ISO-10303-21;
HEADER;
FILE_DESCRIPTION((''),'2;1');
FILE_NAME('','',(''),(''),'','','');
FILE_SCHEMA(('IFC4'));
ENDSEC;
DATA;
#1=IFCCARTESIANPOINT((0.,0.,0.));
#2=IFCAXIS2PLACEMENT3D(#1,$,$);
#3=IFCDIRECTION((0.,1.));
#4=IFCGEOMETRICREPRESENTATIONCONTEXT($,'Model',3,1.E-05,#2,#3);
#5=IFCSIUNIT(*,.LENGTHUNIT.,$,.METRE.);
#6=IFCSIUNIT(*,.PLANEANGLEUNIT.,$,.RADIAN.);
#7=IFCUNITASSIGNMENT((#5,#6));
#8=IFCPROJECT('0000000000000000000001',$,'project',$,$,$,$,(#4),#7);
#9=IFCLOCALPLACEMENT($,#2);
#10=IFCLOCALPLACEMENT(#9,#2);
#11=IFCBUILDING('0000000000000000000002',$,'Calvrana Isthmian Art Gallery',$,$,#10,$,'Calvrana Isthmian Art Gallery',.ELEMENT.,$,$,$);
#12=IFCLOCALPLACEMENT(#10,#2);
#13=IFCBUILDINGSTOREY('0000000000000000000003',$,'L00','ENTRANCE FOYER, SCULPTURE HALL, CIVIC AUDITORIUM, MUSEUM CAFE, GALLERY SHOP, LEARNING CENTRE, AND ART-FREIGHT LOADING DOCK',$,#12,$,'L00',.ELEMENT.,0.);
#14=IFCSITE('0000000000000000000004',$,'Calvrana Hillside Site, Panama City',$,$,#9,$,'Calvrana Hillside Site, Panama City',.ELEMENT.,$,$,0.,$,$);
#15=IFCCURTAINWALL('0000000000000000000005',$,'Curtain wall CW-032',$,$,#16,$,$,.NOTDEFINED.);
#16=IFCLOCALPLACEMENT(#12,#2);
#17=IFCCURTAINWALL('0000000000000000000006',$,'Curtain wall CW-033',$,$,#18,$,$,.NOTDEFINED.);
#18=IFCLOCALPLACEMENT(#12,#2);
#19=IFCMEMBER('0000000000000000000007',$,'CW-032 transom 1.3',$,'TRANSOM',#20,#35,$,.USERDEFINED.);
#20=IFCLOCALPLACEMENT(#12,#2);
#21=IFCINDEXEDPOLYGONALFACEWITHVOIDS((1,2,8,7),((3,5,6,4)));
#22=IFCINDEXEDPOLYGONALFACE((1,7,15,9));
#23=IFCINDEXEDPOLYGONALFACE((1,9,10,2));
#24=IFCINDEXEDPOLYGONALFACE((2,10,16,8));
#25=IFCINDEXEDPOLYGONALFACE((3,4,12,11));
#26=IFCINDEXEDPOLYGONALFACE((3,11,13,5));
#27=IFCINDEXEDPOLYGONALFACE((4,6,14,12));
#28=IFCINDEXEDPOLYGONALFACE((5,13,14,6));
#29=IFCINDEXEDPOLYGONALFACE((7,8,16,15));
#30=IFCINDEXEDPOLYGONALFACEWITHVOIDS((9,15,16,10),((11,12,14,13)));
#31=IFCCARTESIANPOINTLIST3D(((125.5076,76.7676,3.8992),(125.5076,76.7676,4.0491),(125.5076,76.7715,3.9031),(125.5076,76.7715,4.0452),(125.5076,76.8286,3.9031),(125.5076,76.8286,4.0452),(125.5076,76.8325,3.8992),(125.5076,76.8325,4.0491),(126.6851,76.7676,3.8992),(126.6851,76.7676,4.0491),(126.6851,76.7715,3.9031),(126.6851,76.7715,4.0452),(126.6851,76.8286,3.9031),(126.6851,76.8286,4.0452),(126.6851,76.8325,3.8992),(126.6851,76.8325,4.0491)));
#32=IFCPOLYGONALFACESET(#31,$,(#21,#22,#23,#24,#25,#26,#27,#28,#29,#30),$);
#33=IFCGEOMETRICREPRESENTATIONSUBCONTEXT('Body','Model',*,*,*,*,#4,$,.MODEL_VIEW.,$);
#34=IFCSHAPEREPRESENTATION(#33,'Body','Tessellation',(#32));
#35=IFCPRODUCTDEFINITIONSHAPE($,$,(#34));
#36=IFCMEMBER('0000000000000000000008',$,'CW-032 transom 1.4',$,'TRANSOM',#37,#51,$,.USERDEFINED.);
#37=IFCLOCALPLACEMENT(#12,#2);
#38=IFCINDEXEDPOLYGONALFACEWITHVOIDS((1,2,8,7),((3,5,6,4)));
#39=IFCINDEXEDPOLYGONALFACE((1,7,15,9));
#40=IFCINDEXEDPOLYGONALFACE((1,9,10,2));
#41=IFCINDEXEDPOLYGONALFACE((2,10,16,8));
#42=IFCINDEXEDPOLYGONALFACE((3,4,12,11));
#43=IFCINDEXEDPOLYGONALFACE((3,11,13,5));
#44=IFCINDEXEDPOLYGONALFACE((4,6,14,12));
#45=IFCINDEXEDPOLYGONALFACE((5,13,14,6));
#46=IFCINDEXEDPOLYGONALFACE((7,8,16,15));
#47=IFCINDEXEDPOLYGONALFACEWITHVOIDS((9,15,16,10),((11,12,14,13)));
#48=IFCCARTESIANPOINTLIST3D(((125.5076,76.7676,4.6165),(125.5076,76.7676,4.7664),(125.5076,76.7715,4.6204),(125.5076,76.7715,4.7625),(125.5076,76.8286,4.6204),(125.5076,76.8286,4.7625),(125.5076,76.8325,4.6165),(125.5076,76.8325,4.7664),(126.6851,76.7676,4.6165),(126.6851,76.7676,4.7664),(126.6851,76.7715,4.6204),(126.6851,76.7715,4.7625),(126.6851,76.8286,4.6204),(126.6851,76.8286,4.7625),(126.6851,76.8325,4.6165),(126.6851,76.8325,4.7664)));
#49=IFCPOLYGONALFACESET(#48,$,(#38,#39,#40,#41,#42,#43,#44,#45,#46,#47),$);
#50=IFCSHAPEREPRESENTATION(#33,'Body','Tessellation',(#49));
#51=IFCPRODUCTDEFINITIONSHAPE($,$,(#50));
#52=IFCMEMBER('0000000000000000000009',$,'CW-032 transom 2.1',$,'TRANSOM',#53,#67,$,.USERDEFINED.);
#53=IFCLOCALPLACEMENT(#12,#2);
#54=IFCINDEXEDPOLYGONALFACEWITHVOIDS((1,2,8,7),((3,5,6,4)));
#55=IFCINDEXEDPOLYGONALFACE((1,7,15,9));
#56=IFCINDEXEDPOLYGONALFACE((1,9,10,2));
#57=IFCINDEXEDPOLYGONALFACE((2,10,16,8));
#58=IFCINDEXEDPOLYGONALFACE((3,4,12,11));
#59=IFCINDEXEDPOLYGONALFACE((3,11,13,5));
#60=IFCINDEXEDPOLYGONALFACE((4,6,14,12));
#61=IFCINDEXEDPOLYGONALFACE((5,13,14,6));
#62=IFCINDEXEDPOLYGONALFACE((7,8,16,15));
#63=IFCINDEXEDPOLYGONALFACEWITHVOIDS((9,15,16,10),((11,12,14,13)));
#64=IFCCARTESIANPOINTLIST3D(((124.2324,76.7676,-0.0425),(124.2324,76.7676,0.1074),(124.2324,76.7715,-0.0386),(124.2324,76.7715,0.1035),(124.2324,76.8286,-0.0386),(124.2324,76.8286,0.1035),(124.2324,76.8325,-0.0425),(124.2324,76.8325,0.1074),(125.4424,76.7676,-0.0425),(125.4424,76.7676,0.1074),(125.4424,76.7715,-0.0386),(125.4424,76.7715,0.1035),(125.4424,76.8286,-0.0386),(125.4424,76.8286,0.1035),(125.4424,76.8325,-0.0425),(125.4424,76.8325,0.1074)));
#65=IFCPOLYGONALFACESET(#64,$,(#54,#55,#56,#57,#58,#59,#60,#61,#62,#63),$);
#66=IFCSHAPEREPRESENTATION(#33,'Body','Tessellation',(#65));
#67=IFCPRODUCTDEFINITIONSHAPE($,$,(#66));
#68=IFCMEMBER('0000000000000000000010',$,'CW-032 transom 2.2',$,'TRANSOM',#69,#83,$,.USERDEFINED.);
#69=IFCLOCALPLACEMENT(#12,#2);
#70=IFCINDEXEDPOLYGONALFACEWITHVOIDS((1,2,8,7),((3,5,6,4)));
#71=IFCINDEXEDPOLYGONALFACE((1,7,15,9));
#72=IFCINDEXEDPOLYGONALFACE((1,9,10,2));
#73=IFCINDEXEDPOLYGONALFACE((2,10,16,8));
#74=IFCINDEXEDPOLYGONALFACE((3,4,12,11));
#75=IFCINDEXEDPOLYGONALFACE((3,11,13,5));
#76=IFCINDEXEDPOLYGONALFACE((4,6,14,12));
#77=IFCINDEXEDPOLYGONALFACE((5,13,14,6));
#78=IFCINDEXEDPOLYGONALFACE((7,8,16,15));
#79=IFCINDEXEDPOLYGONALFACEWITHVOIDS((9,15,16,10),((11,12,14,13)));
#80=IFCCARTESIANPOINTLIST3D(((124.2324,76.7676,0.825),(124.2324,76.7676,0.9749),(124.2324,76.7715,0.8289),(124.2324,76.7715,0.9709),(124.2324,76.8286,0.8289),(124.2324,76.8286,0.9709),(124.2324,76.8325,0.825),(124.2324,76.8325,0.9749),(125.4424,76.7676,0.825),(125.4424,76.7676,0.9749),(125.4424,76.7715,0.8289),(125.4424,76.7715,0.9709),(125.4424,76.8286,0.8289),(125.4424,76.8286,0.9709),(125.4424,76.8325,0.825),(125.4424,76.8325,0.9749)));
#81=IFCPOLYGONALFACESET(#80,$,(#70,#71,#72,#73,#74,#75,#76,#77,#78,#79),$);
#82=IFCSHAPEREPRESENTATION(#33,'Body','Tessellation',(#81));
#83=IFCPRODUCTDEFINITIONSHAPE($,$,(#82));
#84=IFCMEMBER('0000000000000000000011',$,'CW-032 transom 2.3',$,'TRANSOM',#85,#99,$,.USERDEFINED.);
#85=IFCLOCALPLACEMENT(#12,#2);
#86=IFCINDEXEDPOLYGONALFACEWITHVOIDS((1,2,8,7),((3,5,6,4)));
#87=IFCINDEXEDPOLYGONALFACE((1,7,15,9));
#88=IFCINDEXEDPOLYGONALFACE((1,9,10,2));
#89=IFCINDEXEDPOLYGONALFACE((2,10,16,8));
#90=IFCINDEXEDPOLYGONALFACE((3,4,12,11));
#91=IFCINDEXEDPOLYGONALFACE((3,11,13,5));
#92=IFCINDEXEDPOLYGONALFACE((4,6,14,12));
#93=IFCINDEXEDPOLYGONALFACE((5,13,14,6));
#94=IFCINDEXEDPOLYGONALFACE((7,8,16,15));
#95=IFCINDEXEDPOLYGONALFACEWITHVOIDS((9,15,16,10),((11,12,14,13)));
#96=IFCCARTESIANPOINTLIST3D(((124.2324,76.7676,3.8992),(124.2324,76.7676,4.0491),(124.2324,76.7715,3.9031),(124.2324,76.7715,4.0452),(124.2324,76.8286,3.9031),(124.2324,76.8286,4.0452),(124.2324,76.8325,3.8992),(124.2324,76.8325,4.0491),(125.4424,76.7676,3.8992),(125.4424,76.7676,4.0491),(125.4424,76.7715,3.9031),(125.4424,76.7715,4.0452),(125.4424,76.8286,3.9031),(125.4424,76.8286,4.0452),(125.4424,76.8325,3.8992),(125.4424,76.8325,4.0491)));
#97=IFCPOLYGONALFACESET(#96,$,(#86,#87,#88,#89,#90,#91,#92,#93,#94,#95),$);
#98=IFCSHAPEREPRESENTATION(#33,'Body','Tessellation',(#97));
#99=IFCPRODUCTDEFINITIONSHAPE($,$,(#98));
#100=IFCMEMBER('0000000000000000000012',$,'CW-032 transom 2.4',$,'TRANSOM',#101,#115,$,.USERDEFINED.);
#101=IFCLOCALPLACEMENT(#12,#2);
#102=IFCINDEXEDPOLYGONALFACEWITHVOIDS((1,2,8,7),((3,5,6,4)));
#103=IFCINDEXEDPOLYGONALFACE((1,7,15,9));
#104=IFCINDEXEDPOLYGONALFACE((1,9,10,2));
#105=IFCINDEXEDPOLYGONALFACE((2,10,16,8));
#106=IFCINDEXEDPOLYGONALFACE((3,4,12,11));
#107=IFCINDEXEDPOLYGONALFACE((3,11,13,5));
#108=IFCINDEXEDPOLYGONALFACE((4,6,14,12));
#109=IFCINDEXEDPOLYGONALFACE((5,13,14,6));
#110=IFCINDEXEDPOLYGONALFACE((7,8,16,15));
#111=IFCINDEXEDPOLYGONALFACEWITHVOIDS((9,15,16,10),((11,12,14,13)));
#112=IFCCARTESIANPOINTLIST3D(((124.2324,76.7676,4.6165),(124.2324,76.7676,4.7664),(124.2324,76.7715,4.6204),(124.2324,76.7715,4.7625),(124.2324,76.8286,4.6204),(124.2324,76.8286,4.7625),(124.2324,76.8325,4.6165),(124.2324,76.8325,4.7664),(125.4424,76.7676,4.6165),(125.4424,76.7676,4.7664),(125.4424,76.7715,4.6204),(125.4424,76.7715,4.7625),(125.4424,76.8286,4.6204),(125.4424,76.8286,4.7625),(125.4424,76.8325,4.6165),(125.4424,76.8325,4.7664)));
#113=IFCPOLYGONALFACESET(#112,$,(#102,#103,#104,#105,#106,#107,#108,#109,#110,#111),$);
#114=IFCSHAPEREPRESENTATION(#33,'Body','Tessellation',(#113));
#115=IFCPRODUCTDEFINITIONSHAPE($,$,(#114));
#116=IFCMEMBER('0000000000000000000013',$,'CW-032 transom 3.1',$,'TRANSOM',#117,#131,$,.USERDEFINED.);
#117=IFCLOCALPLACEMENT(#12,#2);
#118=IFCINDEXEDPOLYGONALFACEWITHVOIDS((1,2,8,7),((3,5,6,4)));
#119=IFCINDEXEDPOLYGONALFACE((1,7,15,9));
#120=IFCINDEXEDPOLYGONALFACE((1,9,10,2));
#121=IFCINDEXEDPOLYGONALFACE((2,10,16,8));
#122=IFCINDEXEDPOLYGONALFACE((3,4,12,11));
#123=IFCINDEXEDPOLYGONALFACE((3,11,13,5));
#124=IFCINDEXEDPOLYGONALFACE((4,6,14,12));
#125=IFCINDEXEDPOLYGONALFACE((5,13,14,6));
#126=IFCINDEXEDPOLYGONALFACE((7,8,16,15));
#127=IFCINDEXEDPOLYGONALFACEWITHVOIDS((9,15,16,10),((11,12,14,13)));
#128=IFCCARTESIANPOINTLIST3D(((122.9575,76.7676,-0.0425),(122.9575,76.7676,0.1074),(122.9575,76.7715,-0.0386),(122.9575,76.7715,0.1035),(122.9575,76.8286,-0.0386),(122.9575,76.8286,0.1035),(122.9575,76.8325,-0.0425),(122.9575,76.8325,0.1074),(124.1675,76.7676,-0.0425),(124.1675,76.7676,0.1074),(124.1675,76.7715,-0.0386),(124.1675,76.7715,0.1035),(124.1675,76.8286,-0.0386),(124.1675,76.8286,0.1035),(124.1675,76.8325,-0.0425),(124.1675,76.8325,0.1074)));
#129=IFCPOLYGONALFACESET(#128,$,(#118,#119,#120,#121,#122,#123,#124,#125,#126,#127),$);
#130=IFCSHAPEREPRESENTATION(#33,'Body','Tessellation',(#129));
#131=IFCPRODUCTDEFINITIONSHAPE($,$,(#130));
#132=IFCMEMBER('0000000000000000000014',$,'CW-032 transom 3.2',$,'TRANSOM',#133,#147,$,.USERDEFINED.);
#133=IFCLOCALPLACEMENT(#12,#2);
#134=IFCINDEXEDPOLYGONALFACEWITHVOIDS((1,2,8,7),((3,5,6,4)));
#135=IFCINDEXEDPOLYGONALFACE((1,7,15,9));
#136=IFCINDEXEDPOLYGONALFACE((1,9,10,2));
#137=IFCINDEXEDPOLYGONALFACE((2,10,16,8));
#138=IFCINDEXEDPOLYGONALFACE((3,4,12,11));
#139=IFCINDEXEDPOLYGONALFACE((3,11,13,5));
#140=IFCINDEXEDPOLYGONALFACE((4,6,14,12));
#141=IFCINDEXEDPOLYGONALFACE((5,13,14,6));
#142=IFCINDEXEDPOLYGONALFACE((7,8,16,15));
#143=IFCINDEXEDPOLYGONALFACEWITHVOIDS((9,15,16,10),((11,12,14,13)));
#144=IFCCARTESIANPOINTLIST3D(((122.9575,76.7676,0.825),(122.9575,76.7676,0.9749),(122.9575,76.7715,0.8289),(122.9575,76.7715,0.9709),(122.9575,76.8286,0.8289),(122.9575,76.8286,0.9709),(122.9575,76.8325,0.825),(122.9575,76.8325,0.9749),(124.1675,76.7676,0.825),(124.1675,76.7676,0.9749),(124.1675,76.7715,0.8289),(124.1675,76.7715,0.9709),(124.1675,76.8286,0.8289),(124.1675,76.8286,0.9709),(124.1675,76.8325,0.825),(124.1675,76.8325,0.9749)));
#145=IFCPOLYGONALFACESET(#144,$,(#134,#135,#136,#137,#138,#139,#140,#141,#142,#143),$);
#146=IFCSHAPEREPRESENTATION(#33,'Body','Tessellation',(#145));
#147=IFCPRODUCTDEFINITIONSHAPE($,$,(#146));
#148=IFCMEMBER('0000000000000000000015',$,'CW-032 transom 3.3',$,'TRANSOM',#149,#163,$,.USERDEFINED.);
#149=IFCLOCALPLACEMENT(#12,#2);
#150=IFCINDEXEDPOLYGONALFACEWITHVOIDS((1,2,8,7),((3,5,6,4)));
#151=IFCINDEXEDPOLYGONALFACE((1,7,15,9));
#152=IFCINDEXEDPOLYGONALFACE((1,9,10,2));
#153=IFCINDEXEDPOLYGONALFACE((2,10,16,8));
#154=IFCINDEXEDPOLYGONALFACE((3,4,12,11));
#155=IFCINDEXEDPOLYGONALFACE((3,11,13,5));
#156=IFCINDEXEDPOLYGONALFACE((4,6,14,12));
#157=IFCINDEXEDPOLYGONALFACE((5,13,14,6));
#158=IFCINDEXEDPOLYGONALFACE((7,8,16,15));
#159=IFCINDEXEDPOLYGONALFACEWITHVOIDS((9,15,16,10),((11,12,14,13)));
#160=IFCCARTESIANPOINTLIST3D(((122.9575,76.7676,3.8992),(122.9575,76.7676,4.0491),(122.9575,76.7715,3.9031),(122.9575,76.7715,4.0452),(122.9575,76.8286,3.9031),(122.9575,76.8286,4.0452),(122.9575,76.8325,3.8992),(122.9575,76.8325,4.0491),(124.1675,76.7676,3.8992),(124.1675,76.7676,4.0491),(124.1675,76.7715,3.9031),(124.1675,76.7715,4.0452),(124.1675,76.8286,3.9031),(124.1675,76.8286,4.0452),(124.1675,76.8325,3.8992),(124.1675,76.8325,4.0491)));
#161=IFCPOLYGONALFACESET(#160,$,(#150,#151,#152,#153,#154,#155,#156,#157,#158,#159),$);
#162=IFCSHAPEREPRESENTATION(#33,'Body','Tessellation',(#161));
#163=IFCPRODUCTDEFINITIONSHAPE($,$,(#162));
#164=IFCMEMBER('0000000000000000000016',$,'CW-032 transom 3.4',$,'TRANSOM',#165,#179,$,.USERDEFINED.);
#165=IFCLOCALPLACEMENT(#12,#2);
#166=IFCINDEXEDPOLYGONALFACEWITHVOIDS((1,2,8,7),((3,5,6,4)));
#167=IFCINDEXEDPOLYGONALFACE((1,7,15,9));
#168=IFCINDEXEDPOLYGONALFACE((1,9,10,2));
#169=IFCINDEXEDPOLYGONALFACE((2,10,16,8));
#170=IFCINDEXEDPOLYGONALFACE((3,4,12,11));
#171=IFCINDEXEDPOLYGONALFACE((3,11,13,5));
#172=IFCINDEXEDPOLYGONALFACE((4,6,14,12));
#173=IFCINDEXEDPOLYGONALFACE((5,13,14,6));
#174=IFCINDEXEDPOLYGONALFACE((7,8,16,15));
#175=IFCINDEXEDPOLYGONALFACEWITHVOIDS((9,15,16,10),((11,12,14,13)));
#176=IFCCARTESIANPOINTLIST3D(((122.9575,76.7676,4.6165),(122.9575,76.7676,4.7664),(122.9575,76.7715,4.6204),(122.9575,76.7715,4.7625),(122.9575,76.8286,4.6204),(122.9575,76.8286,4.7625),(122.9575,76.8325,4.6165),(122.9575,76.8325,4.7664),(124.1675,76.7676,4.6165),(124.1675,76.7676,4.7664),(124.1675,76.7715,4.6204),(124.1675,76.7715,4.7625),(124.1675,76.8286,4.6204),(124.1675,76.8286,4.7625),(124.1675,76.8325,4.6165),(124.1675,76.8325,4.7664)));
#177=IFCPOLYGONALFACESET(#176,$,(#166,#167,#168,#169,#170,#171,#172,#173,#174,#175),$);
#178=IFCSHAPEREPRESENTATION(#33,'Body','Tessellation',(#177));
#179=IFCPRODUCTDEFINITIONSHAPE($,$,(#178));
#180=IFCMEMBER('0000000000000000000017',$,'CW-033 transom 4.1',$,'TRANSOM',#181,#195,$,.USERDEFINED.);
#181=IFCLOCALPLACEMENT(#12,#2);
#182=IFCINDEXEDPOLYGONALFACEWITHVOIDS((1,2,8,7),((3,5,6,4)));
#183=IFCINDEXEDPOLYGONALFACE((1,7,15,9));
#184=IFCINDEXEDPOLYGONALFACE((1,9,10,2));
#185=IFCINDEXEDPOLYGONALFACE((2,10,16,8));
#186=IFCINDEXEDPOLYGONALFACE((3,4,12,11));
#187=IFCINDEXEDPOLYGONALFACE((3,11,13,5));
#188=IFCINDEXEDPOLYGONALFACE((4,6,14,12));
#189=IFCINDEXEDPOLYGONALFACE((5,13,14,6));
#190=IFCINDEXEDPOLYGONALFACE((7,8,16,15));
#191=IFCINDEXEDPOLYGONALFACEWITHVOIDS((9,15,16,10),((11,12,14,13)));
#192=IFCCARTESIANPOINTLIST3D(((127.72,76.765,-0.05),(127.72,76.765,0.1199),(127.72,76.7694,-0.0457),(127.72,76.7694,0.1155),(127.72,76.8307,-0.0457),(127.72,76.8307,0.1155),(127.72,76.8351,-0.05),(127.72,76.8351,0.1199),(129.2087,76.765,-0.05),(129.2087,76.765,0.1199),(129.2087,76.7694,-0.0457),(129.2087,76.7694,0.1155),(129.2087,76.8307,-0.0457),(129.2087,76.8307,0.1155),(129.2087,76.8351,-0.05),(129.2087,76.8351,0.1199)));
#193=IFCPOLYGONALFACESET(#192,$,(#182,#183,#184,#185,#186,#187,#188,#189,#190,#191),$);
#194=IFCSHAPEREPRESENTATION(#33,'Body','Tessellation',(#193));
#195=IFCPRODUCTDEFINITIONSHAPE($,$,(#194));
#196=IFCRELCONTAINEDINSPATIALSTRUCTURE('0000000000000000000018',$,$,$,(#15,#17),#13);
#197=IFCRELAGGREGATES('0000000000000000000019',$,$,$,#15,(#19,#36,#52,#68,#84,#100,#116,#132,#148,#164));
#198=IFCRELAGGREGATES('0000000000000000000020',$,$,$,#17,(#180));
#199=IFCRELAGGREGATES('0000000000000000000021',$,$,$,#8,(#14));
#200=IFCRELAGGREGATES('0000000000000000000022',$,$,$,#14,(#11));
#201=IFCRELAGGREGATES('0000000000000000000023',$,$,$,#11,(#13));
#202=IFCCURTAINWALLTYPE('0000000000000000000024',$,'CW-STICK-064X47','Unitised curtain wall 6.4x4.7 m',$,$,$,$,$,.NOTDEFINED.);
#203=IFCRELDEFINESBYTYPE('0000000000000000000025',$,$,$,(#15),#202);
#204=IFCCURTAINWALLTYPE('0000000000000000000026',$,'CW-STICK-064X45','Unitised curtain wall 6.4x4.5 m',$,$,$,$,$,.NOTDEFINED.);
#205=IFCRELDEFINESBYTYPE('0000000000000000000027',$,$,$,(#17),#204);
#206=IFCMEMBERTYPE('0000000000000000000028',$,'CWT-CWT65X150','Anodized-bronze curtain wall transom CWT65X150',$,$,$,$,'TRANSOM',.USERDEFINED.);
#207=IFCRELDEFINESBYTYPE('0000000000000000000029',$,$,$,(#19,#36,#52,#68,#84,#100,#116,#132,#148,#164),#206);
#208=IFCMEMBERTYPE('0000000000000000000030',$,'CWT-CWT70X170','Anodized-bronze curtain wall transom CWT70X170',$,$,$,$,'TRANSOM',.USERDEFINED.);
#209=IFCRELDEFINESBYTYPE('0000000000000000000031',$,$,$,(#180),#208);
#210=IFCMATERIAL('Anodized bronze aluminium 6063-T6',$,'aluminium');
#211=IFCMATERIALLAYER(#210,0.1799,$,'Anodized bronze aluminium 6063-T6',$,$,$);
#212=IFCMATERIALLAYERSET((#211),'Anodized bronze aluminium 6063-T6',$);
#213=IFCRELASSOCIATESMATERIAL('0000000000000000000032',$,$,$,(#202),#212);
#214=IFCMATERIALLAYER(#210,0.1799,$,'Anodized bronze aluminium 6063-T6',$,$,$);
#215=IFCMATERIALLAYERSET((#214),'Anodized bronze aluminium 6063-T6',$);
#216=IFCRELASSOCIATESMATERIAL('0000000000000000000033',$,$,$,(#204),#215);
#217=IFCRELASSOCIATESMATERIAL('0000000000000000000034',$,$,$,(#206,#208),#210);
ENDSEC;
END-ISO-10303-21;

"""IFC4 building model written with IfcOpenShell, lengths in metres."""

from ifc_helpers import new_model, si_unit, direction, frame, origin, origin_2d, place, context, subcontext, project, spatial, hollow_rectangle, extrude, material, layer, layer_set, material_profile, profile_set, type_object, element, aggregate, save


model = new_model("IFC4")

# Units and contexts
model_context = context("Model", 3, precision=1e-05, world=origin(), true_north=direction((0.0, 1.0)))
body_context = subcontext(model_context, "Body", "Model", "MODEL_VIEW")
ifc_project = project(units=[si_unit("LENGTHUNIT", "METRE"), si_unit("PLANEANGLEUNIT", "RADIAN")], contexts=[model_context])

# Site, building, storey
site_placement = place(None, origin())
site = spatial("IfcSite", under=ifc_project, at=site_placement, Name="Calvrana Hillside Site, Panama City", LongName="Calvrana Hillside Site, Panama City", CompositionType="ELEMENT", RefElevation=0.0)
building_placement = place(site_placement, origin())
building = spatial("IfcBuilding", under=site, at=building_placement, Name="Calvrana Isthmian Art Gallery", LongName="Calvrana Isthmian Art Gallery", CompositionType="ELEMENT")
storey_placement = place(building_placement, origin())
storey = spatial("IfcBuildingStorey", under=building, at=storey_placement, Name="L00", Description="ENTRANCE FOYER, SCULPTURE HALL, CIVIC AUDITORIUM, MUSEUM CAFE, GALLERY SHOP, LEARNING CENTRE, AND ART-FREIGHT LOADING DOCK", LongName="L00", CompositionType="ELEMENT", Elevation=0.0)

# Curtain wall
ifc_material_1 = material(Name="Anodized bronze aluminium 6063-T6", Category="aluminium")
ifc_layer_1 = layer(ifc_material_1, 0.1799, Name="Anodized bronze aluminium 6063-T6")
ifc_layer_set_1 = layer_set([ifc_layer_1], Name="Anodized bronze aluminium 6063-T6")
curtain_wall_type_1 = type_object("IfcCurtainWallType", Name="CW-STICK-064X47", Description="Unitised curtain wall 6.4x4.7 m", PredefinedType="NOTDEFINED", material=ifc_layer_set_1)
curtain_wall_1_placement = place(storey_placement, origin())
curtain_wall_1 = element("IfcCurtainWall", 1, at=curtain_wall_1_placement, inside=storey, type_object=curtain_wall_type_1, Name="Curtain wall CW-032", PredefinedType="NOTDEFINED")

# Curtain wall
ifc_layer_2 = layer(ifc_material_1, 0.1799, Name="Anodized bronze aluminium 6063-T6")
ifc_layer_set_2 = layer_set([ifc_layer_2], Name="Anodized bronze aluminium 6063-T6")
curtain_wall_type_2 = type_object("IfcCurtainWallType", Name="CW-STICK-064X45", Description="Unitised curtain wall 6.4x4.5 m", PredefinedType="NOTDEFINED", material=ifc_layer_set_2)
curtain_wall_2_placement = place(storey_placement, origin())
curtain_wall_2 = element("IfcCurtainWall", 2, at=curtain_wall_2_placement, inside=storey, type_object=curtain_wall_type_2, Name="Curtain wall CW-033", PredefinedType="NOTDEFINED")

# Members
ifc_material_profile_1 = material_profile(ifc_material_1, hollow_rectangle(XDim=0.0649, YDim=0.1499, WallThickness=0.0039, at=origin_2d()), Name="CWT65X150")
ifc_profile_set_1 = profile_set([ifc_material_profile_1], Name="Anodized bronze aluminium 6063-T6")
member_type_1 = type_object("IfcMemberType", Name="CWT-CWT65X150", Description="Anodized-bronze curtain wall transom CWT65X150", ElementType="TRANSOM", PredefinedType="USERDEFINED", material=ifc_profile_set_1)
member_1_placement = place(storey_placement, frame((126.6851, 76.8, 3.9741), z_axis=(-1.0, 0.0, 0.0), x_axis=(0.0, -1.0, 0.0)))
member_1 = element("IfcMember", 3, at=member_1_placement, type_object=member_type_1, Name="CW-032 transom 1.3", ObjectType="TRANSOM", PredefinedType="USERDEFINED", context=body_context, shape_type="SweptSolid", body=[
    extrude(hollow_rectangle(XDim=0.0649, YDim=0.1499, WallThickness=0.0039, at=origin_2d()), origin(), (0.0, 0.0, 1.0), 1.1775),
])
member_2_placement = place(storey_placement, frame((126.6851, 76.8, 4.6914), z_axis=(-1.0, 0.0, 0.0), x_axis=(0.0, -1.0, 0.0)))
member_2 = element("IfcMember", 4, at=member_2_placement, type_object=member_type_1, Name="CW-032 transom 1.4", ObjectType="TRANSOM", PredefinedType="USERDEFINED", context=body_context, shape_type="SweptSolid", body=[
    extrude(hollow_rectangle(XDim=0.0649, YDim=0.1499, WallThickness=0.0039, at=origin_2d()), origin(), (0.0, 0.0, 1.0), 1.1775),
])
member_3_placement = place(storey_placement, frame((125.4424, 76.8, 0.0325), z_axis=(-1.0, 0.0, 0.0), x_axis=(0.0, -1.0, 0.0)))
member_3 = element("IfcMember", 5, at=member_3_placement, type_object=member_type_1, Name="CW-032 transom 2.1", ObjectType="TRANSOM", PredefinedType="USERDEFINED", context=body_context, shape_type="SweptSolid", body=[
    extrude(hollow_rectangle(XDim=0.0649, YDim=0.1499, WallThickness=0.0039, at=origin_2d()), origin(), (0.0, 0.0, 1.0), 1.21),
])
member_4_placement = place(storey_placement, frame((125.4424, 76.8, 0.8999), z_axis=(-1.0, 0.0, 0.0), x_axis=(0.0, -1.0, 0.0)))
member_4 = element("IfcMember", 6, at=member_4_placement, type_object=member_type_1, Name="CW-032 transom 2.2", ObjectType="TRANSOM", PredefinedType="USERDEFINED", context=body_context, shape_type="SweptSolid", body=[
    extrude(hollow_rectangle(XDim=0.0649, YDim=0.1499, WallThickness=0.0039, at=origin_2d()), origin(), (0.0, 0.0, 1.0), 1.21),
])
member_5_placement = place(storey_placement, frame((125.4424, 76.8, 3.9741), z_axis=(-1.0, 0.0, 0.0), x_axis=(0.0, -1.0, 0.0)))
member_5 = element("IfcMember", 7, at=member_5_placement, type_object=member_type_1, Name="CW-032 transom 2.3", ObjectType="TRANSOM", PredefinedType="USERDEFINED", context=body_context, shape_type="SweptSolid", body=[
    extrude(hollow_rectangle(XDim=0.0649, YDim=0.1499, WallThickness=0.0039, at=origin_2d()), origin(), (0.0, 0.0, 1.0), 1.21),
])
member_6_placement = place(storey_placement, frame((125.4424, 76.8, 4.6914), z_axis=(-1.0, 0.0, 0.0), x_axis=(0.0, -1.0, 0.0)))
member_6 = element("IfcMember", 8, at=member_6_placement, type_object=member_type_1, Name="CW-032 transom 2.4", ObjectType="TRANSOM", PredefinedType="USERDEFINED", context=body_context, shape_type="SweptSolid", body=[
    extrude(hollow_rectangle(XDim=0.0649, YDim=0.1499, WallThickness=0.0039, at=origin_2d()), origin(), (0.0, 0.0, 1.0), 1.21),
])
member_7_placement = place(storey_placement, frame((124.1675, 76.8, 0.0325), z_axis=(-1.0, 0.0, 0.0), x_axis=(0.0, -1.0, 0.0)))
member_7 = element("IfcMember", 9, at=member_7_placement, type_object=member_type_1, Name="CW-032 transom 3.1", ObjectType="TRANSOM", PredefinedType="USERDEFINED", context=body_context, shape_type="SweptSolid", body=[
    extrude(hollow_rectangle(XDim=0.0649, YDim=0.1499, WallThickness=0.0039, at=origin_2d()), origin(), (0.0, 0.0, 1.0), 1.21),
])
member_8_placement = place(storey_placement, frame((124.1675, 76.8, 0.8999), z_axis=(-1.0, 0.0, 0.0), x_axis=(0.0, -1.0, 0.0)))
member_8 = element("IfcMember", 10, at=member_8_placement, type_object=member_type_1, Name="CW-032 transom 3.2", ObjectType="TRANSOM", PredefinedType="USERDEFINED", context=body_context, shape_type="SweptSolid", body=[
    extrude(hollow_rectangle(XDim=0.0649, YDim=0.1499, WallThickness=0.0039, at=origin_2d()), origin(), (0.0, 0.0, 1.0), 1.21),
])
member_9_placement = place(storey_placement, frame((124.1675, 76.8, 3.9741), z_axis=(-1.0, 0.0, 0.0), x_axis=(0.0, -1.0, 0.0)))
member_9 = element("IfcMember", 11, at=member_9_placement, type_object=member_type_1, Name="CW-032 transom 3.3", ObjectType="TRANSOM", PredefinedType="USERDEFINED", context=body_context, shape_type="SweptSolid", body=[
    extrude(hollow_rectangle(XDim=0.0649, YDim=0.1499, WallThickness=0.0039, at=origin_2d()), origin(), (0.0, 0.0, 1.0), 1.21),
])
member_10_placement = place(storey_placement, frame((124.1675, 76.8, 4.6914), z_axis=(-1.0, 0.0, 0.0), x_axis=(0.0, -1.0, 0.0)))
member_10 = element("IfcMember", 12, at=member_10_placement, type_object=member_type_1, Name="CW-032 transom 3.4", ObjectType="TRANSOM", PredefinedType="USERDEFINED", context=body_context, shape_type="SweptSolid", body=[
    extrude(hollow_rectangle(XDim=0.0649, YDim=0.1499, WallThickness=0.0039, at=origin_2d()), origin(), (0.0, 0.0, 1.0), 1.21),
])
ifc_material_profile_2 = material_profile(ifc_material_1, hollow_rectangle(XDim=0.0701, YDim=0.1699, WallThickness=0.0044, at=origin_2d()), Name="CWT70X170")
ifc_profile_set_2 = profile_set([ifc_material_profile_2], Name="Anodized bronze aluminium 6063-T6")
member_type_2 = type_object("IfcMemberType", Name="CWT-CWT70X170", Description="Anodized-bronze curtain wall transom CWT70X170", ElementType="TRANSOM", PredefinedType="USERDEFINED", material=ifc_profile_set_2)
member_11_placement = place(storey_placement, frame((129.2087, 76.8, 0.0349), z_axis=(-1.0, 0.0, 0.0), x_axis=(0.0, -1.0, 0.0)))
member_11 = element("IfcMember", 13, at=member_11_placement, type_object=member_type_2, Name="CW-033 transom 4.1", ObjectType="TRANSOM", PredefinedType="USERDEFINED", context=body_context, shape_type="SweptSolid", body=[
    extrude(hollow_rectangle(XDim=0.0701, YDim=0.1699, WallThickness=0.0044, at=origin_2d()), origin(), (0.0, 0.0, 1.0), 1.4888),
])

aggregate(curtain_wall_1, [member_1, member_2, member_3, member_4, member_5, member_6, member_7, member_8, member_9, member_10])
aggregate(curtain_wall_2, [member_11])

save(model, "model.ifc")
